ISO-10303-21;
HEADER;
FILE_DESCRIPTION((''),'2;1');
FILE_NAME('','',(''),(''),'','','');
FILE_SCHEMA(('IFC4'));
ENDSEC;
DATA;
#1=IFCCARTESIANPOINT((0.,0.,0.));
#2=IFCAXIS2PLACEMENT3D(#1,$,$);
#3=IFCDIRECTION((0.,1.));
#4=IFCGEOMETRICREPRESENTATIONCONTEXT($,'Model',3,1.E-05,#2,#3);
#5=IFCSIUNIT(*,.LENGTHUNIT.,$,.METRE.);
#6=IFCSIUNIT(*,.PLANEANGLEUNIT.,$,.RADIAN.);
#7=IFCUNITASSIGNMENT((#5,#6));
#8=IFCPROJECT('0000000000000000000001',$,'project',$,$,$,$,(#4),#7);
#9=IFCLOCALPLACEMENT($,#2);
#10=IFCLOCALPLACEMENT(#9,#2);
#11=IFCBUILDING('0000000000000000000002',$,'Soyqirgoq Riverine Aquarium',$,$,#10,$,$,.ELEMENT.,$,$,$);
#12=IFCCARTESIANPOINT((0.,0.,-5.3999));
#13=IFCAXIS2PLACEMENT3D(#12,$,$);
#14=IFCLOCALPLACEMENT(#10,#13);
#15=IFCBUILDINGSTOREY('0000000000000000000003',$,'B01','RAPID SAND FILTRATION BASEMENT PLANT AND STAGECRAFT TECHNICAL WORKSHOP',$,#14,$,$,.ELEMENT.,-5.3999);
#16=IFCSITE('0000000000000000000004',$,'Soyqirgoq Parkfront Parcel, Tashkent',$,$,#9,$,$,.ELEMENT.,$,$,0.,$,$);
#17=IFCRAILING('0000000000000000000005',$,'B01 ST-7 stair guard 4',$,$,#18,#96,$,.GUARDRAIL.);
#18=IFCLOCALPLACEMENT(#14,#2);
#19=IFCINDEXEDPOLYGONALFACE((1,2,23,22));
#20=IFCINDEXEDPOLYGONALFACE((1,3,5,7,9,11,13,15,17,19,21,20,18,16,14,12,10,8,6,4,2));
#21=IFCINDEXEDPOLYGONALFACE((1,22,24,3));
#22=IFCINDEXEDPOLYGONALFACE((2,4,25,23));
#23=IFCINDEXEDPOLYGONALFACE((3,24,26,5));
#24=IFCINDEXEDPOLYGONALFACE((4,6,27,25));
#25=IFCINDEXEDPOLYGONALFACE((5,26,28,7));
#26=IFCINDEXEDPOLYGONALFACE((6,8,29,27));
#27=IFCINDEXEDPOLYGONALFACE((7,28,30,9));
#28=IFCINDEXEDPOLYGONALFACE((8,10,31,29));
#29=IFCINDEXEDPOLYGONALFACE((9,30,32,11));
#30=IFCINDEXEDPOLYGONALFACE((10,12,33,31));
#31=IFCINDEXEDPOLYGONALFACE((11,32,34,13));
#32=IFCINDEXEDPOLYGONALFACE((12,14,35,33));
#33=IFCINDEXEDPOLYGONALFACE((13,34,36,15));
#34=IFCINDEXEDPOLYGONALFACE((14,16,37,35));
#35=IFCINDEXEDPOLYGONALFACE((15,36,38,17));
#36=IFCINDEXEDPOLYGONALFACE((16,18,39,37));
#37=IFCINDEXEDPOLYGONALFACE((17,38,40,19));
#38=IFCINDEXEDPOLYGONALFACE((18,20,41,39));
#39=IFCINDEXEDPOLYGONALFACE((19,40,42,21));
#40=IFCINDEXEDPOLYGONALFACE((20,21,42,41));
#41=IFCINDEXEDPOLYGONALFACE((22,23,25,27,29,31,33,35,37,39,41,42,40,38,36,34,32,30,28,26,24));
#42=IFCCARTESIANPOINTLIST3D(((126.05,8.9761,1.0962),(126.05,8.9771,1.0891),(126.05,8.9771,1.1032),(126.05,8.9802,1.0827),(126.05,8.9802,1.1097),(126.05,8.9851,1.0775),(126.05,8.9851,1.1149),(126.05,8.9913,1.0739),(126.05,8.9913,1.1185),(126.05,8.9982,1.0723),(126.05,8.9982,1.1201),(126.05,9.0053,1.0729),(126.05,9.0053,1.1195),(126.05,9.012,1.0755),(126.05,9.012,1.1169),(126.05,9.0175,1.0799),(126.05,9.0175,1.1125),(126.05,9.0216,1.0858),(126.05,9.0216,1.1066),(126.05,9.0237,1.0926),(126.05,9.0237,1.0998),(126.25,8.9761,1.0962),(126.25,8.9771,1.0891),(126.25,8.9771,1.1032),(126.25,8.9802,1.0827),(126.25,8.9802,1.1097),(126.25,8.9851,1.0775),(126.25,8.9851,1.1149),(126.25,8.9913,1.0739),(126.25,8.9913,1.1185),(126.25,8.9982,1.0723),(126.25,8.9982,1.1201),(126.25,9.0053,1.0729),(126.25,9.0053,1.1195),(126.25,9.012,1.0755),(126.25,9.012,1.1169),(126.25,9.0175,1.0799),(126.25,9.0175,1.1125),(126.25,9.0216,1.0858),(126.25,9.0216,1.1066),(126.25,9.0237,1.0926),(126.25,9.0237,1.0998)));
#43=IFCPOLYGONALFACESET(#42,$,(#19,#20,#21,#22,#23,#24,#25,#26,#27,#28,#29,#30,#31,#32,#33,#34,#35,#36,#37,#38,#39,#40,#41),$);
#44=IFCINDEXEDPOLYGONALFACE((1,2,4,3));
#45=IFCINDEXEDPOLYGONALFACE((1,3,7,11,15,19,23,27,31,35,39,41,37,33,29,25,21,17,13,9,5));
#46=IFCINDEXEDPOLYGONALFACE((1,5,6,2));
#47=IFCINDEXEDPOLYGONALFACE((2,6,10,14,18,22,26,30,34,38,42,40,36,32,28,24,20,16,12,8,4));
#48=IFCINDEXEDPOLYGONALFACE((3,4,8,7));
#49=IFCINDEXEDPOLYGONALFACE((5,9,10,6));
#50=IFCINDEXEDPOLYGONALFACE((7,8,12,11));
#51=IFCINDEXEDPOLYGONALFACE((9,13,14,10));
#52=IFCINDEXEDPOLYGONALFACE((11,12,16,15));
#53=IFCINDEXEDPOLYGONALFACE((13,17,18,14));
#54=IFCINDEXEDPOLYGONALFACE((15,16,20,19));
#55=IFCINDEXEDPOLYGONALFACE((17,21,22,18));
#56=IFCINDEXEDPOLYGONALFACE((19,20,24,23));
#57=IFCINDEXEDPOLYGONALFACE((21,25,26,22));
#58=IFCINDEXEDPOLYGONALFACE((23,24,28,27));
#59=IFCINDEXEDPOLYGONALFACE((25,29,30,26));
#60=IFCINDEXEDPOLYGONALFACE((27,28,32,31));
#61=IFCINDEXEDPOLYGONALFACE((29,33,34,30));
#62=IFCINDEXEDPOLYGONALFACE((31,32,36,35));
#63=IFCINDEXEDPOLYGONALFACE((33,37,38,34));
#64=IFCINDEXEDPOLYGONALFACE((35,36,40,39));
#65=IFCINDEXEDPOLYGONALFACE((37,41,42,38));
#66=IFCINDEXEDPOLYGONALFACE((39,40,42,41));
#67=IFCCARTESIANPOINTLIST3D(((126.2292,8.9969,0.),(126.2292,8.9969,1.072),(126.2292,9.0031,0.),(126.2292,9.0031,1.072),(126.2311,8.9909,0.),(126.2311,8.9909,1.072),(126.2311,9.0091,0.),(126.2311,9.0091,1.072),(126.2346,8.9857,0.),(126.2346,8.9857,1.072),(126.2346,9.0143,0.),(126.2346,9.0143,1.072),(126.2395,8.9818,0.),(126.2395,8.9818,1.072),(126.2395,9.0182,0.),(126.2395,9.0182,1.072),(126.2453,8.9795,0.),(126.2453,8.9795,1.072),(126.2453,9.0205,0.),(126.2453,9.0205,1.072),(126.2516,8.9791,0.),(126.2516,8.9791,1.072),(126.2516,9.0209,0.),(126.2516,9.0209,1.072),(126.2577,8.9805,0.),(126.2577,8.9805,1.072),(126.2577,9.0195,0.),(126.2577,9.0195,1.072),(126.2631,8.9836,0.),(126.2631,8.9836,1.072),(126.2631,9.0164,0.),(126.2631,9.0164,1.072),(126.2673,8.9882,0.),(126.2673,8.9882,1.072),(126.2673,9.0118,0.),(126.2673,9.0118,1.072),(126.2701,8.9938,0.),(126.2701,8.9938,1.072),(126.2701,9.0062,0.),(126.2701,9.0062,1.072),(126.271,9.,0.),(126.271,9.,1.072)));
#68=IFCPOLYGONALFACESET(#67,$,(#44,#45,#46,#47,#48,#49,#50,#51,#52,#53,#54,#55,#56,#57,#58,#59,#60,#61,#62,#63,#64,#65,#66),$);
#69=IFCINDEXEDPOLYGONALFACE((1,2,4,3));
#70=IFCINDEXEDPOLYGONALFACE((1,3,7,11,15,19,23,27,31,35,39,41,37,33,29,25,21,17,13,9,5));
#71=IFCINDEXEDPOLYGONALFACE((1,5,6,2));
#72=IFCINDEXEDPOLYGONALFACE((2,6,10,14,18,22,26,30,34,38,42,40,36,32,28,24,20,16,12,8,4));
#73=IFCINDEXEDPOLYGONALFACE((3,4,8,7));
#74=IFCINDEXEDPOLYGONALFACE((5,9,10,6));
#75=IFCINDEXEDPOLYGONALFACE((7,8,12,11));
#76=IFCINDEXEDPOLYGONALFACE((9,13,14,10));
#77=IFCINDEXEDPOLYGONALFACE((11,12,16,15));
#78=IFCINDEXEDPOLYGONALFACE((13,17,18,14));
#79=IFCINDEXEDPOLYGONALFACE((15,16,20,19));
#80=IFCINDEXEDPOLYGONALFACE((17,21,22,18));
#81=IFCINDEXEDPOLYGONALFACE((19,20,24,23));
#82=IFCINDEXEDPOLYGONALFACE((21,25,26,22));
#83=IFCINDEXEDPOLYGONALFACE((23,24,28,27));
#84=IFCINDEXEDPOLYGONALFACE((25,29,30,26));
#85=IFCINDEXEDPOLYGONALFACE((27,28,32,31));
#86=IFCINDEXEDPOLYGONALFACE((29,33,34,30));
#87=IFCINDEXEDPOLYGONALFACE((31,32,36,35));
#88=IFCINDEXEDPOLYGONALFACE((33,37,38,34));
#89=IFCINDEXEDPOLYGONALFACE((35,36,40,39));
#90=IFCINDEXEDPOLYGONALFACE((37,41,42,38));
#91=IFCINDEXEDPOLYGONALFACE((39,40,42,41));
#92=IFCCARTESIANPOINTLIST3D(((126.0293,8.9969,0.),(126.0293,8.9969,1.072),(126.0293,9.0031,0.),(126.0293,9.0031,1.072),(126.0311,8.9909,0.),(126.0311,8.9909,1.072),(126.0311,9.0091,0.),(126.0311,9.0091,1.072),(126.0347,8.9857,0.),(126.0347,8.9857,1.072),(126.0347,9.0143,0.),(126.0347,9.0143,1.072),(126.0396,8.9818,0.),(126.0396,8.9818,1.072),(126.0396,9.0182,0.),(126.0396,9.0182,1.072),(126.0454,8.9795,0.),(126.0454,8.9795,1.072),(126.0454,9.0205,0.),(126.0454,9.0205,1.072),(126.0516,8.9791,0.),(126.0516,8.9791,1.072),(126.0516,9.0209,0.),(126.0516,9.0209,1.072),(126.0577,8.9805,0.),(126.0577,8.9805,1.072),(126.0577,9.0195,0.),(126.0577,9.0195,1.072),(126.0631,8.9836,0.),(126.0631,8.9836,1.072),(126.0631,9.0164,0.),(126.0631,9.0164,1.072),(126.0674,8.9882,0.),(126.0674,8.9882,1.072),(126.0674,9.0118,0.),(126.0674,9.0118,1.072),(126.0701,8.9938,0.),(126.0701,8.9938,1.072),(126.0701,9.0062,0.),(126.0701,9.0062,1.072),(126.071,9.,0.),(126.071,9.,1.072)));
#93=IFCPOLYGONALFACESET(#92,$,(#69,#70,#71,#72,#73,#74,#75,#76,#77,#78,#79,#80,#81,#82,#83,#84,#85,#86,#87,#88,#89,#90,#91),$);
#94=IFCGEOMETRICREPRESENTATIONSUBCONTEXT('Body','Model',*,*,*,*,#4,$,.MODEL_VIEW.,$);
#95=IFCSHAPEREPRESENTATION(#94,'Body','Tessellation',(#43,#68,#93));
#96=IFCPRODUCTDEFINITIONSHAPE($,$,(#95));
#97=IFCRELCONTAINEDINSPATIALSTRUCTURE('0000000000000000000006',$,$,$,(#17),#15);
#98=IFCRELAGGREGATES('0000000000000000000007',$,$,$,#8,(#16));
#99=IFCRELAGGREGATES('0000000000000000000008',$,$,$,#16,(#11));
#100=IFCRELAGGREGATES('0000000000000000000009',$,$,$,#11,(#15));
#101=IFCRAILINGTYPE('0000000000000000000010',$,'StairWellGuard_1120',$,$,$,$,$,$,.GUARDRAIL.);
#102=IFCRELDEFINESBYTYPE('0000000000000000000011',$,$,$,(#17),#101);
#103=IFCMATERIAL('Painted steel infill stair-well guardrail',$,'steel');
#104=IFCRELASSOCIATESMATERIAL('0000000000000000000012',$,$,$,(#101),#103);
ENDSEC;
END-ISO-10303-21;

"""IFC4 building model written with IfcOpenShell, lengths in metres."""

from ifc_helpers import new_model, si_unit, direction, frame, origin, origin_2d, place, context, subcontext, project, spatial, circle, extrude, material, type_object, element, save


model = new_model("IFC4")

# Units and contexts
model_context = context("Model", 3, precision=1e-05, world=origin(), true_north=direction((0.0, 1.0)))
body_context = subcontext(model_context, "Body", "Model", "MODEL_VIEW")
ifc_project = project(units=[si_unit("LENGTHUNIT", "METRE"), si_unit("PLANEANGLEUNIT", "RADIAN")], contexts=[model_context])

# Site, building, storey
site_placement = place(None, origin())
site = spatial("IfcSite", under=ifc_project, at=site_placement, Name="Soyqirgoq Parkfront Parcel, Tashkent", CompositionType="ELEMENT", RefElevation=0.0)
building_placement = place(site_placement, origin())
building = spatial("IfcBuilding", under=site, at=building_placement, Name="Soyqirgoq Riverine Aquarium", CompositionType="ELEMENT")
storey_placement = place(building_placement, frame((0.0, 0.0, -5.3999)))
storey = spatial("IfcBuildingStorey", under=building, at=storey_placement, Name="B01", Description="RAPID SAND FILTRATION BASEMENT PLANT AND STAGECRAFT TECHNICAL WORKSHOP", CompositionType="ELEMENT", Elevation=-5.3999)

# Railing
ifc_material_1 = material(Name="Painted steel infill stair-well guardrail", Category="steel")
railing_type_1 = type_object("IfcRailingType", Name="StairWellGuard_1120", PredefinedType="GUARDRAIL", material=ifc_material_1)
railing_1_placement = place(storey_placement, frame((126.25, 9.0, 0.0)))
element("IfcRailing", 1, at=railing_1_placement, inside=storey, type_object=railing_type_1, Name="B01 ST-7 stair guard 4", PredefinedType="GUARDRAIL", context=body_context, shape_type="SweptSolid", body=[
    extrude(circle(Radius=0.0239, at=origin_2d()), frame((0.0, 0.0, 1.0962), z_axis=(-1.0, 0.0, 0.0), x_axis=(0.0, -1.0, 0.0)), (0.0, 0.0, 1.0), 0.2),
    extrude(circle(Radius=0.021, at=origin_2d()), origin(), (0.0, 0.0, 1.0), 1.072),
    extrude(circle(Radius=0.021, at=origin_2d()), frame((-0.2, 0.0, 0.0)), (0.0, 0.0, 1.0), 1.072),
])

save(model, "model.ifc")
